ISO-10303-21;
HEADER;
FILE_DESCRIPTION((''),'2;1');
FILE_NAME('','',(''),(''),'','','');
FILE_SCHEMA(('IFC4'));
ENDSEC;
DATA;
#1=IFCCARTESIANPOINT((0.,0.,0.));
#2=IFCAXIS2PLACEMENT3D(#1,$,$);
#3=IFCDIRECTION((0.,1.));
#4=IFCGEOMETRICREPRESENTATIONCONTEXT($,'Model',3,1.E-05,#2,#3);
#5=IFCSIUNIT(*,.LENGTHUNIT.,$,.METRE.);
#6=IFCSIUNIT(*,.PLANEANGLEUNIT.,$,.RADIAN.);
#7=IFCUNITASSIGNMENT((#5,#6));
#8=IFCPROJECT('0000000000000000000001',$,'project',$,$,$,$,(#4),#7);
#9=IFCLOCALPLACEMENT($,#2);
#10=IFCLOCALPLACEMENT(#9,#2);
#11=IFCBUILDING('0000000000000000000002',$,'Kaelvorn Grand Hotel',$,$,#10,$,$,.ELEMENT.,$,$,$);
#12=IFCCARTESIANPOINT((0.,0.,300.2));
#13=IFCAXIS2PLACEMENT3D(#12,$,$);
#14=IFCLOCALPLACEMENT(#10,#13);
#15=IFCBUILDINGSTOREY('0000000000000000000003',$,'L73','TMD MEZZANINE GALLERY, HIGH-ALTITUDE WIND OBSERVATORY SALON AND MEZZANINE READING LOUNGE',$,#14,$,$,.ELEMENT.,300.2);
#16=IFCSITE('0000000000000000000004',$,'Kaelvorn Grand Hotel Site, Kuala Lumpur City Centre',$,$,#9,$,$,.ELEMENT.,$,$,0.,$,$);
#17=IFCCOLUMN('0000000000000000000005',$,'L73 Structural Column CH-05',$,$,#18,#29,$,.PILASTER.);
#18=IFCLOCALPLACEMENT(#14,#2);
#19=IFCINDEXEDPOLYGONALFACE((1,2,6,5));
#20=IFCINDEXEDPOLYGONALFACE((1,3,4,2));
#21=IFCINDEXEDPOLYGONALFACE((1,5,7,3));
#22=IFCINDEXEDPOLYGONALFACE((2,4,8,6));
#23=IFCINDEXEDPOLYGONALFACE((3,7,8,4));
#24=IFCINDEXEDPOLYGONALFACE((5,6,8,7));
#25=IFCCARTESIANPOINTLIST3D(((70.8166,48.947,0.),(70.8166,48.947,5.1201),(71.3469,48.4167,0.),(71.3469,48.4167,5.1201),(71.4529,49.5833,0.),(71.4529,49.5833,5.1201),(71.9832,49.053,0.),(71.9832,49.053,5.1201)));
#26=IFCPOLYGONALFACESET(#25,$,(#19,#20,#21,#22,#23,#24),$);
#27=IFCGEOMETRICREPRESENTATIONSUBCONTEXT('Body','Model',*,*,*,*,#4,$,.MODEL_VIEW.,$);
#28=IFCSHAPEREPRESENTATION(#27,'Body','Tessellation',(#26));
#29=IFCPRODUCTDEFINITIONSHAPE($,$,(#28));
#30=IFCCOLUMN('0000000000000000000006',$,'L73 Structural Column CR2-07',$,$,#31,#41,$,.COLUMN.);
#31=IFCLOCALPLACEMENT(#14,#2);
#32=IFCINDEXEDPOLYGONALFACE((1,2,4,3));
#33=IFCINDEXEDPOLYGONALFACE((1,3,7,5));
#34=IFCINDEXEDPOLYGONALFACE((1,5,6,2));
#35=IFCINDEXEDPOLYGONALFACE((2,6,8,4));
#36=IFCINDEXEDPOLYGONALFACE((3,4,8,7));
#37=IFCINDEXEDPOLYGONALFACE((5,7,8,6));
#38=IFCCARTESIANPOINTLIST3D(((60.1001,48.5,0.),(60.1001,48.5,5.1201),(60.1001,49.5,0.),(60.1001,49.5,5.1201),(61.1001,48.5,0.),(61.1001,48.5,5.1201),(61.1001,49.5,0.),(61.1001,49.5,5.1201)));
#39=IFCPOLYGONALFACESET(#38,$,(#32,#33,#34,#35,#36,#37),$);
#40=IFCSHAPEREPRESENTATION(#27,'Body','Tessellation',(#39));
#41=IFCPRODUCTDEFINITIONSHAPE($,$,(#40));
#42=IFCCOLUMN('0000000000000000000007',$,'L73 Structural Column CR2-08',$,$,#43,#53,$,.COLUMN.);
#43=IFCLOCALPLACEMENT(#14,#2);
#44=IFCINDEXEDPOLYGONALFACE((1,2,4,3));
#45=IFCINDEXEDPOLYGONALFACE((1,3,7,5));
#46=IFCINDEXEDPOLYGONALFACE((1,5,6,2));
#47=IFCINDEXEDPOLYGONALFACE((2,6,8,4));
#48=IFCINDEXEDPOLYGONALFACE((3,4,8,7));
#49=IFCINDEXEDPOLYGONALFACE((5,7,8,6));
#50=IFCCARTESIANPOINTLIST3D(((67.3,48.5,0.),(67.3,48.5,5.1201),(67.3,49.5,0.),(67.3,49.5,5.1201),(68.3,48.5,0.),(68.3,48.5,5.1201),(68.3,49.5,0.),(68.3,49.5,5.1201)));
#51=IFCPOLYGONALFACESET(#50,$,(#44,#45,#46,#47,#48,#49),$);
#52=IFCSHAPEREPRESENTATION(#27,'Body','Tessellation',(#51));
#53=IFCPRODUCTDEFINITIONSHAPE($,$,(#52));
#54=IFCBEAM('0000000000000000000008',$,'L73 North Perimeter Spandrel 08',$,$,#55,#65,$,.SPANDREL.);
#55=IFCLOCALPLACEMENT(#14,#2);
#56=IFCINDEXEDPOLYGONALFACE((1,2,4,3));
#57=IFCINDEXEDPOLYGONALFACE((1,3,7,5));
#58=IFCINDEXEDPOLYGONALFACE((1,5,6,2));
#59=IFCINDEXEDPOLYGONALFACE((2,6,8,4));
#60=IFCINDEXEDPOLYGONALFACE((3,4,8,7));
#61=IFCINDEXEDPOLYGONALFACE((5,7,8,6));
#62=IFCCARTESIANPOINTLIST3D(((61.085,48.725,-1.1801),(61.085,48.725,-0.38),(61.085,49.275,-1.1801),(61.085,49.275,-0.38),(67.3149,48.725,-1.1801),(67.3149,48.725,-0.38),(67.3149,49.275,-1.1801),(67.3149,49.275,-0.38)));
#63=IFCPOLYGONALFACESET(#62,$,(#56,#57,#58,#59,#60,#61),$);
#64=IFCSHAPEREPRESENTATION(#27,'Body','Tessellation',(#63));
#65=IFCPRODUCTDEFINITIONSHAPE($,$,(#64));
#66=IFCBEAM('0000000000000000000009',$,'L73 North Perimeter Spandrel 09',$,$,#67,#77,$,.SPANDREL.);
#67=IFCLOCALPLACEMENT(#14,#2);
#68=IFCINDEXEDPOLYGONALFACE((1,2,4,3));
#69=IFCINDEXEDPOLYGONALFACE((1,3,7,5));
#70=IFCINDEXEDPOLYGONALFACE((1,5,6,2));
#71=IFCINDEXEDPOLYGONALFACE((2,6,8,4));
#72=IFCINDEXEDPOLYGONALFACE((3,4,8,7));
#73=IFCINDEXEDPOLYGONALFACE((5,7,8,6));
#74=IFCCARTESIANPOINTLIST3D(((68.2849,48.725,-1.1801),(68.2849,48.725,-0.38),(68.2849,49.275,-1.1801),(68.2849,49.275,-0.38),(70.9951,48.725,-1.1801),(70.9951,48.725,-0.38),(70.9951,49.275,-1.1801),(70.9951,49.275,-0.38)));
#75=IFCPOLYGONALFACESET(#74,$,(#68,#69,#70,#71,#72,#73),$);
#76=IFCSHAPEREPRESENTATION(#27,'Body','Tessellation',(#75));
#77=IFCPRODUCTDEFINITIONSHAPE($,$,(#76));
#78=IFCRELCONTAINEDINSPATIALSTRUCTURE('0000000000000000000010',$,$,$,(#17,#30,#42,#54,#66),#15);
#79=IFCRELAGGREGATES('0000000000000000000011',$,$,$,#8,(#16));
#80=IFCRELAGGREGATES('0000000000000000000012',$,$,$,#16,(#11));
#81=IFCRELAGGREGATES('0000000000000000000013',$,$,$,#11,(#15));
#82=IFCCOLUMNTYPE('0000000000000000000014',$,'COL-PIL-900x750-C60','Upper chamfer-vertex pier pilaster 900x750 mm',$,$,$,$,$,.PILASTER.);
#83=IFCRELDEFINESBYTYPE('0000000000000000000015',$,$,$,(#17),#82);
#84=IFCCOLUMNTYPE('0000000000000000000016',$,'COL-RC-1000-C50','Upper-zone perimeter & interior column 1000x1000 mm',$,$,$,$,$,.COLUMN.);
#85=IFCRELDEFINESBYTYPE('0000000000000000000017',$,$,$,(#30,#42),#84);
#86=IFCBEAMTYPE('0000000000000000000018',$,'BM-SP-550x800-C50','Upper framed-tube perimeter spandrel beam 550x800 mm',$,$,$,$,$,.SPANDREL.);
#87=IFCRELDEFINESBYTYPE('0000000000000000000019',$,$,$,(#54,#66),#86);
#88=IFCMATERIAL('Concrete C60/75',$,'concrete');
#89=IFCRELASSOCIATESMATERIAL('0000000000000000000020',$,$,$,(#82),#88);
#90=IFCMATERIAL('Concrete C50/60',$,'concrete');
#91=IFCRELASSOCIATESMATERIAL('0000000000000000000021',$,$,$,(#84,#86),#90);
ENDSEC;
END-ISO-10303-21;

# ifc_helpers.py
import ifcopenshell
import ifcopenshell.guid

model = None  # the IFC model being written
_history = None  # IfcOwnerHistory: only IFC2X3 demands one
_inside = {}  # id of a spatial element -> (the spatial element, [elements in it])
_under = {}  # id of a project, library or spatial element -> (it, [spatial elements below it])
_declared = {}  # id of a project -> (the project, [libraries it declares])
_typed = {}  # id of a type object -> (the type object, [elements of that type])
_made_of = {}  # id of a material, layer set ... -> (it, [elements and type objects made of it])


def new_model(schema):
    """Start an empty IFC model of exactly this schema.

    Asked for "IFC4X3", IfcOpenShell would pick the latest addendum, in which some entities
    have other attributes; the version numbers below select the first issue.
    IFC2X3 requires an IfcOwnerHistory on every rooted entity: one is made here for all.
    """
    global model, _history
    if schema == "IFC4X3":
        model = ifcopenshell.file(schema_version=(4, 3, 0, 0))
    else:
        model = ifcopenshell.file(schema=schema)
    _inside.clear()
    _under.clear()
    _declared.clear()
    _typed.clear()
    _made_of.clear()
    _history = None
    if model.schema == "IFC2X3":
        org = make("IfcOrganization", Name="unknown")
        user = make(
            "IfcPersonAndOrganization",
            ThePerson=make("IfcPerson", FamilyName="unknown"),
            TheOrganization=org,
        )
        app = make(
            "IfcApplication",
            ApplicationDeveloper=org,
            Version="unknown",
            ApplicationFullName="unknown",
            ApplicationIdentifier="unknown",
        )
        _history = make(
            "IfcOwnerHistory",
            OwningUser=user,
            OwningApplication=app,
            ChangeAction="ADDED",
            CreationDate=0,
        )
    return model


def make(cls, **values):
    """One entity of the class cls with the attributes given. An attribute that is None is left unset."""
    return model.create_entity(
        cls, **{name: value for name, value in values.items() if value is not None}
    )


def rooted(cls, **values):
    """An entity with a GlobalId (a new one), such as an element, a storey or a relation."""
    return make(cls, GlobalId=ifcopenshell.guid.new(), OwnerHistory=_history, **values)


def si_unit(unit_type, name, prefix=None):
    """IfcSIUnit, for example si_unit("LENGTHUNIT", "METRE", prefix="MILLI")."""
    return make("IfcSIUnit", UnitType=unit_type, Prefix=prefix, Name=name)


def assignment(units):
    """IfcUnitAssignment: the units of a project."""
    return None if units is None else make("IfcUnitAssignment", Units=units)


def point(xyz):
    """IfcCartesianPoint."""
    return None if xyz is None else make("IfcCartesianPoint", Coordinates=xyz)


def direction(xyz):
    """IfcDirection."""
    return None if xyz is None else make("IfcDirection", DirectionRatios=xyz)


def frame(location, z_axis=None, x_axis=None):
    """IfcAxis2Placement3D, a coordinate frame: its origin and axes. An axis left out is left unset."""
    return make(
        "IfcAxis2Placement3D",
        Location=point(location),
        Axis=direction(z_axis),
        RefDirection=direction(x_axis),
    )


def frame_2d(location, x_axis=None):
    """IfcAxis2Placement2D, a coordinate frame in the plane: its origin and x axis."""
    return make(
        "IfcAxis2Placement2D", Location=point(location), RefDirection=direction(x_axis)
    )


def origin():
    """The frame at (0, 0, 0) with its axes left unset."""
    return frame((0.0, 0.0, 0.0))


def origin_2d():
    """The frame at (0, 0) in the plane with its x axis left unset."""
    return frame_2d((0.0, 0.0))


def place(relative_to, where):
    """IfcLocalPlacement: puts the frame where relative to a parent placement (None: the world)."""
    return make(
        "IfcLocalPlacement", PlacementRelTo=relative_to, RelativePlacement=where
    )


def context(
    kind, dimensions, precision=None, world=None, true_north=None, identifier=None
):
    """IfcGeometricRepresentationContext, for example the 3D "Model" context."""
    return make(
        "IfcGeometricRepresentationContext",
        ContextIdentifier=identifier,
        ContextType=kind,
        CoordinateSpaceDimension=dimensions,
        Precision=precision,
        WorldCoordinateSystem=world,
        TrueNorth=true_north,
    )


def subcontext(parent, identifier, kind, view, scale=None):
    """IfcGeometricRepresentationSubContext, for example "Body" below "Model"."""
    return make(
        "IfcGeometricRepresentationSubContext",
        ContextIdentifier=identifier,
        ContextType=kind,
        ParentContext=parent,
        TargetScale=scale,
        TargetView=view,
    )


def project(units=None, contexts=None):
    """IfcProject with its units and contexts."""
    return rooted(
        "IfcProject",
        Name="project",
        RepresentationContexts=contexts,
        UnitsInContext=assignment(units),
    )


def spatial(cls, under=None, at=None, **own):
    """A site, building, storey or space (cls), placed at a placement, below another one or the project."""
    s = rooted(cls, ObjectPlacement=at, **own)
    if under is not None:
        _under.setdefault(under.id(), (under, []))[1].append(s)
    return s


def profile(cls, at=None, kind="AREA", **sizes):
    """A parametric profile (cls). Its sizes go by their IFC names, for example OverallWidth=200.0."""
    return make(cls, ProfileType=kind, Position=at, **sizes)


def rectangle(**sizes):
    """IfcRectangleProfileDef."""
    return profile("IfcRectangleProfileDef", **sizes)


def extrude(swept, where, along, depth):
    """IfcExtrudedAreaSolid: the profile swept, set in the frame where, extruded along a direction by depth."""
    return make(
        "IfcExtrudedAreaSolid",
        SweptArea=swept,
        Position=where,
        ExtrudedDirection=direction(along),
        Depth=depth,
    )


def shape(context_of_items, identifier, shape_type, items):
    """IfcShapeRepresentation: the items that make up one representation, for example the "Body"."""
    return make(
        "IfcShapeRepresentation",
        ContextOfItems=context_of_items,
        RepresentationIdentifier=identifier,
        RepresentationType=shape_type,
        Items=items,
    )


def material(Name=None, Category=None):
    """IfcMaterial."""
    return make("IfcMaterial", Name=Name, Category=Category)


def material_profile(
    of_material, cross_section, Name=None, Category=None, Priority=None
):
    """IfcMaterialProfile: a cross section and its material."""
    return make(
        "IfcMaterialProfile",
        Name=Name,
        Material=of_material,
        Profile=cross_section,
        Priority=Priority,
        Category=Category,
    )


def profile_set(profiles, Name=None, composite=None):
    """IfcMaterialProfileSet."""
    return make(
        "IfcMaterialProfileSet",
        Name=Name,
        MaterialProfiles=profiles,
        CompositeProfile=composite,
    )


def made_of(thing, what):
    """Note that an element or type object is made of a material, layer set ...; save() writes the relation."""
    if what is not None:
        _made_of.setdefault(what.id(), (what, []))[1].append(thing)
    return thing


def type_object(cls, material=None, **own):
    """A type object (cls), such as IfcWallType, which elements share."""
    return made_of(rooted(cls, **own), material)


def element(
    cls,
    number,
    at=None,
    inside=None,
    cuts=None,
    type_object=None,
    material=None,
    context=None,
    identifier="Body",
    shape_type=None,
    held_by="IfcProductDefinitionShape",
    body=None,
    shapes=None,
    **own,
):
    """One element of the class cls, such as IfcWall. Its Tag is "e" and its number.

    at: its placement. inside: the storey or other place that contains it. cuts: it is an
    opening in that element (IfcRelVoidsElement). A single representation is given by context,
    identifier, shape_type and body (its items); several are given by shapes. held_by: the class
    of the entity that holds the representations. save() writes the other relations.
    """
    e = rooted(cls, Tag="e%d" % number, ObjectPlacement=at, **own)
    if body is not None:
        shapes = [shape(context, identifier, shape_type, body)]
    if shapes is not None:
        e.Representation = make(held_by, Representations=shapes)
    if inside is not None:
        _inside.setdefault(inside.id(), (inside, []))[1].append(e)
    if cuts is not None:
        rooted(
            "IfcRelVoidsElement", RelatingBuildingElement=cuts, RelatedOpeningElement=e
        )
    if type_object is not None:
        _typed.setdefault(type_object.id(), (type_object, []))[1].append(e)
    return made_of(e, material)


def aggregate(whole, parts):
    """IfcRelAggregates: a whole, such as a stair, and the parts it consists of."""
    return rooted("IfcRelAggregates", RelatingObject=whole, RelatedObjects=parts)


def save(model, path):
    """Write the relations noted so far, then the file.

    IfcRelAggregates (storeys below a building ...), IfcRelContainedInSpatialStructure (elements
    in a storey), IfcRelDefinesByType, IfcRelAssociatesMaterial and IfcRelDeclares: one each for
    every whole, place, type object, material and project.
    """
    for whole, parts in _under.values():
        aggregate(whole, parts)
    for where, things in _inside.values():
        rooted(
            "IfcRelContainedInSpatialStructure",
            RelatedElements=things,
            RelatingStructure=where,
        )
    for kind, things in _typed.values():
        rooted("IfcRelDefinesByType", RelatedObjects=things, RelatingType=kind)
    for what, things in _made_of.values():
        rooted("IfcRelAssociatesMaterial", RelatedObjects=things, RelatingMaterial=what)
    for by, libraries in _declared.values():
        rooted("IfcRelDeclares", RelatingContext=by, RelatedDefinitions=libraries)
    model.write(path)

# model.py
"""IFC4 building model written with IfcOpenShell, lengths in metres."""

from ifc_helpers import new_model, si_unit, direction, frame, origin, origin_2d, place, context, subcontext, project, spatial, rectangle, extrude, material, material_profile, profile_set, type_object, element, save


model = new_model("IFC4")

# Units and contexts
model_context = context("Model", 3, precision=1e-05, world=origin(), true_north=direction((0.0, 1.0)))
body_context = subcontext(model_context, "Body", "Model", "MODEL_VIEW")
ifc_project = project(units=[si_unit("LENGTHUNIT", "METRE"), si_unit("PLANEANGLEUNIT", "RADIAN")], contexts=[model_context])

# Site, building, storey
site_placement = place(None, origin())
site = spatial("IfcSite", under=ifc_project, at=site_placement, Name="Kaelvorn Grand Hotel Site, Kuala Lumpur City Centre", CompositionType="ELEMENT", RefElevation=0.0)
building_placement = place(site_placement, origin())
building = spatial("IfcBuilding", under=site, at=building_placement, Name="Kaelvorn Grand Hotel", CompositionType="ELEMENT")
storey_placement = place(building_placement, frame((0.0, 0.0, 300.2)))
storey = spatial("IfcBuildingStorey", under=building, at=storey_placement, Name="L73", Description="TMD MEZZANINE GALLERY, HIGH-ALTITUDE WIND OBSERVATORY SALON AND MEZZANINE READING LOUNGE", CompositionType="ELEMENT", Elevation=300.2)

# Columns
ifc_material_1 = material(Name="Concrete C60/75", Category="concrete")
ifc_material_profile_1 = material_profile(ifc_material_1, rectangle(XDim=0.8999, YDim=0.75, at=origin_2d()), Name="RC PILASTER 900x750")
ifc_profile_set_1 = profile_set([ifc_material_profile_1], Name="Concrete C60/75")
column_type_1 = type_object("IfcColumnType", Name="COL-PIL-900x750-C60", Description="Upper chamfer-vertex pier pilaster 900x750 mm", PredefinedType="PILASTER", material=ifc_profile_set_1)
column_placement = place(storey_placement, frame((71.3999, 49.0, 0.0), z_axis=(0.0, 0.0, 1.0), x_axis=(0.707107, 0.707107, 0.0)))
element("IfcColumn", 1, at=column_placement, inside=storey, type_object=column_type_1, Name="L73 Structural Column CH-05", PredefinedType="PILASTER", context=body_context, shape_type="SweptSolid", body=[
    extrude(rectangle(XDim=0.8999, YDim=0.75, at=origin_2d()), origin(), (0.0, 0.0, 1.0), 5.1201),
])
ifc_material_2 = material(Name="Concrete C50/60", Category="concrete")
ifc_material_profile_2 = material_profile(ifc_material_2, rectangle(XDim=1.0, YDim=1.0, at=origin_2d()), Name="RC COL 1000x1000")
ifc_profile_set_2 = profile_set([ifc_material_profile_2], Name="Concrete C50/60")
column_type_2 = type_object("IfcColumnType", Name="COL-RC-1000-C50", Description="Upper-zone perimeter & interior column 1000x1000 mm", PredefinedType="COLUMN", material=ifc_profile_set_2)
for number, where, z_axis, x_axis, name in (
    (2, (60.6001, 49.0, 0.0), (0.0, 0.0, 1.0), (1.0, 0.0, 0.0), "L73 Structural Column CR2-07"),
    (3, (67.8, 49.0, 0.0), (0.0, 0.0, 1.0), (1.0, 0.0, 0.0), "L73 Structural Column CR2-08"),
):
    element("IfcColumn", number, at=place(storey_placement, frame(where, z_axis=z_axis, x_axis=x_axis)), inside=storey, type_object=column_type_2, Name=name, PredefinedType="COLUMN", context=body_context, shape_type="SweptSolid", body=[
        extrude(rectangle(XDim=1.0, YDim=1.0, at=origin_2d()), origin(), (0.0, 0.0, 1.0), 5.1201),
    ])

# Beams
ifc_material_profile_3 = material_profile(ifc_material_2, rectangle(XDim=0.55, YDim=0.8, at=origin_2d()), Name="RC SPANDREL 550x800")
ifc_profile_set_3 = profile_set([ifc_material_profile_3], Name="Concrete C50/60")
beam_type = type_object("IfcBeamType", Name="BM-SP-550x800-C50", Description="Upper framed-tube perimeter spandrel beam 550x800 mm", PredefinedType="SPANDREL", material=ifc_profile_set_3)
beam_1_placement = place(storey_placement, frame((61.085, 49.0, -0.78), z_axis=(1.0, 0.0, 0.0), x_axis=(0.0, 1.0, 0.0)))
element("IfcBeam", 4, at=beam_1_placement, inside=storey, type_object=beam_type, Name="L73 North Perimeter Spandrel 08", PredefinedType="SPANDREL", context=body_context, shape_type="SweptSolid", body=[
    extrude(rectangle(XDim=0.55, YDim=0.8, at=origin_2d()), origin(), (0.0, 0.0, 1.0), 6.23),
])
beam_2_placement = place(storey_placement, frame((68.2849, 49.0, -0.78), z_axis=(1.0, 0.0, 0.0), x_axis=(0.0, 1.0, 0.0)))
element("IfcBeam", 5, at=beam_2_placement, inside=storey, type_object=beam_type, Name="L73 North Perimeter Spandrel 09", PredefinedType="SPANDREL", context=body_context, shape_type="SweptSolid", body=[
    extrude(rectangle(XDim=0.55, YDim=0.8, at=origin_2d()), origin(), (0.0, 0.0, 1.0), 2.7102),
])

save(model, "model.ifc")
